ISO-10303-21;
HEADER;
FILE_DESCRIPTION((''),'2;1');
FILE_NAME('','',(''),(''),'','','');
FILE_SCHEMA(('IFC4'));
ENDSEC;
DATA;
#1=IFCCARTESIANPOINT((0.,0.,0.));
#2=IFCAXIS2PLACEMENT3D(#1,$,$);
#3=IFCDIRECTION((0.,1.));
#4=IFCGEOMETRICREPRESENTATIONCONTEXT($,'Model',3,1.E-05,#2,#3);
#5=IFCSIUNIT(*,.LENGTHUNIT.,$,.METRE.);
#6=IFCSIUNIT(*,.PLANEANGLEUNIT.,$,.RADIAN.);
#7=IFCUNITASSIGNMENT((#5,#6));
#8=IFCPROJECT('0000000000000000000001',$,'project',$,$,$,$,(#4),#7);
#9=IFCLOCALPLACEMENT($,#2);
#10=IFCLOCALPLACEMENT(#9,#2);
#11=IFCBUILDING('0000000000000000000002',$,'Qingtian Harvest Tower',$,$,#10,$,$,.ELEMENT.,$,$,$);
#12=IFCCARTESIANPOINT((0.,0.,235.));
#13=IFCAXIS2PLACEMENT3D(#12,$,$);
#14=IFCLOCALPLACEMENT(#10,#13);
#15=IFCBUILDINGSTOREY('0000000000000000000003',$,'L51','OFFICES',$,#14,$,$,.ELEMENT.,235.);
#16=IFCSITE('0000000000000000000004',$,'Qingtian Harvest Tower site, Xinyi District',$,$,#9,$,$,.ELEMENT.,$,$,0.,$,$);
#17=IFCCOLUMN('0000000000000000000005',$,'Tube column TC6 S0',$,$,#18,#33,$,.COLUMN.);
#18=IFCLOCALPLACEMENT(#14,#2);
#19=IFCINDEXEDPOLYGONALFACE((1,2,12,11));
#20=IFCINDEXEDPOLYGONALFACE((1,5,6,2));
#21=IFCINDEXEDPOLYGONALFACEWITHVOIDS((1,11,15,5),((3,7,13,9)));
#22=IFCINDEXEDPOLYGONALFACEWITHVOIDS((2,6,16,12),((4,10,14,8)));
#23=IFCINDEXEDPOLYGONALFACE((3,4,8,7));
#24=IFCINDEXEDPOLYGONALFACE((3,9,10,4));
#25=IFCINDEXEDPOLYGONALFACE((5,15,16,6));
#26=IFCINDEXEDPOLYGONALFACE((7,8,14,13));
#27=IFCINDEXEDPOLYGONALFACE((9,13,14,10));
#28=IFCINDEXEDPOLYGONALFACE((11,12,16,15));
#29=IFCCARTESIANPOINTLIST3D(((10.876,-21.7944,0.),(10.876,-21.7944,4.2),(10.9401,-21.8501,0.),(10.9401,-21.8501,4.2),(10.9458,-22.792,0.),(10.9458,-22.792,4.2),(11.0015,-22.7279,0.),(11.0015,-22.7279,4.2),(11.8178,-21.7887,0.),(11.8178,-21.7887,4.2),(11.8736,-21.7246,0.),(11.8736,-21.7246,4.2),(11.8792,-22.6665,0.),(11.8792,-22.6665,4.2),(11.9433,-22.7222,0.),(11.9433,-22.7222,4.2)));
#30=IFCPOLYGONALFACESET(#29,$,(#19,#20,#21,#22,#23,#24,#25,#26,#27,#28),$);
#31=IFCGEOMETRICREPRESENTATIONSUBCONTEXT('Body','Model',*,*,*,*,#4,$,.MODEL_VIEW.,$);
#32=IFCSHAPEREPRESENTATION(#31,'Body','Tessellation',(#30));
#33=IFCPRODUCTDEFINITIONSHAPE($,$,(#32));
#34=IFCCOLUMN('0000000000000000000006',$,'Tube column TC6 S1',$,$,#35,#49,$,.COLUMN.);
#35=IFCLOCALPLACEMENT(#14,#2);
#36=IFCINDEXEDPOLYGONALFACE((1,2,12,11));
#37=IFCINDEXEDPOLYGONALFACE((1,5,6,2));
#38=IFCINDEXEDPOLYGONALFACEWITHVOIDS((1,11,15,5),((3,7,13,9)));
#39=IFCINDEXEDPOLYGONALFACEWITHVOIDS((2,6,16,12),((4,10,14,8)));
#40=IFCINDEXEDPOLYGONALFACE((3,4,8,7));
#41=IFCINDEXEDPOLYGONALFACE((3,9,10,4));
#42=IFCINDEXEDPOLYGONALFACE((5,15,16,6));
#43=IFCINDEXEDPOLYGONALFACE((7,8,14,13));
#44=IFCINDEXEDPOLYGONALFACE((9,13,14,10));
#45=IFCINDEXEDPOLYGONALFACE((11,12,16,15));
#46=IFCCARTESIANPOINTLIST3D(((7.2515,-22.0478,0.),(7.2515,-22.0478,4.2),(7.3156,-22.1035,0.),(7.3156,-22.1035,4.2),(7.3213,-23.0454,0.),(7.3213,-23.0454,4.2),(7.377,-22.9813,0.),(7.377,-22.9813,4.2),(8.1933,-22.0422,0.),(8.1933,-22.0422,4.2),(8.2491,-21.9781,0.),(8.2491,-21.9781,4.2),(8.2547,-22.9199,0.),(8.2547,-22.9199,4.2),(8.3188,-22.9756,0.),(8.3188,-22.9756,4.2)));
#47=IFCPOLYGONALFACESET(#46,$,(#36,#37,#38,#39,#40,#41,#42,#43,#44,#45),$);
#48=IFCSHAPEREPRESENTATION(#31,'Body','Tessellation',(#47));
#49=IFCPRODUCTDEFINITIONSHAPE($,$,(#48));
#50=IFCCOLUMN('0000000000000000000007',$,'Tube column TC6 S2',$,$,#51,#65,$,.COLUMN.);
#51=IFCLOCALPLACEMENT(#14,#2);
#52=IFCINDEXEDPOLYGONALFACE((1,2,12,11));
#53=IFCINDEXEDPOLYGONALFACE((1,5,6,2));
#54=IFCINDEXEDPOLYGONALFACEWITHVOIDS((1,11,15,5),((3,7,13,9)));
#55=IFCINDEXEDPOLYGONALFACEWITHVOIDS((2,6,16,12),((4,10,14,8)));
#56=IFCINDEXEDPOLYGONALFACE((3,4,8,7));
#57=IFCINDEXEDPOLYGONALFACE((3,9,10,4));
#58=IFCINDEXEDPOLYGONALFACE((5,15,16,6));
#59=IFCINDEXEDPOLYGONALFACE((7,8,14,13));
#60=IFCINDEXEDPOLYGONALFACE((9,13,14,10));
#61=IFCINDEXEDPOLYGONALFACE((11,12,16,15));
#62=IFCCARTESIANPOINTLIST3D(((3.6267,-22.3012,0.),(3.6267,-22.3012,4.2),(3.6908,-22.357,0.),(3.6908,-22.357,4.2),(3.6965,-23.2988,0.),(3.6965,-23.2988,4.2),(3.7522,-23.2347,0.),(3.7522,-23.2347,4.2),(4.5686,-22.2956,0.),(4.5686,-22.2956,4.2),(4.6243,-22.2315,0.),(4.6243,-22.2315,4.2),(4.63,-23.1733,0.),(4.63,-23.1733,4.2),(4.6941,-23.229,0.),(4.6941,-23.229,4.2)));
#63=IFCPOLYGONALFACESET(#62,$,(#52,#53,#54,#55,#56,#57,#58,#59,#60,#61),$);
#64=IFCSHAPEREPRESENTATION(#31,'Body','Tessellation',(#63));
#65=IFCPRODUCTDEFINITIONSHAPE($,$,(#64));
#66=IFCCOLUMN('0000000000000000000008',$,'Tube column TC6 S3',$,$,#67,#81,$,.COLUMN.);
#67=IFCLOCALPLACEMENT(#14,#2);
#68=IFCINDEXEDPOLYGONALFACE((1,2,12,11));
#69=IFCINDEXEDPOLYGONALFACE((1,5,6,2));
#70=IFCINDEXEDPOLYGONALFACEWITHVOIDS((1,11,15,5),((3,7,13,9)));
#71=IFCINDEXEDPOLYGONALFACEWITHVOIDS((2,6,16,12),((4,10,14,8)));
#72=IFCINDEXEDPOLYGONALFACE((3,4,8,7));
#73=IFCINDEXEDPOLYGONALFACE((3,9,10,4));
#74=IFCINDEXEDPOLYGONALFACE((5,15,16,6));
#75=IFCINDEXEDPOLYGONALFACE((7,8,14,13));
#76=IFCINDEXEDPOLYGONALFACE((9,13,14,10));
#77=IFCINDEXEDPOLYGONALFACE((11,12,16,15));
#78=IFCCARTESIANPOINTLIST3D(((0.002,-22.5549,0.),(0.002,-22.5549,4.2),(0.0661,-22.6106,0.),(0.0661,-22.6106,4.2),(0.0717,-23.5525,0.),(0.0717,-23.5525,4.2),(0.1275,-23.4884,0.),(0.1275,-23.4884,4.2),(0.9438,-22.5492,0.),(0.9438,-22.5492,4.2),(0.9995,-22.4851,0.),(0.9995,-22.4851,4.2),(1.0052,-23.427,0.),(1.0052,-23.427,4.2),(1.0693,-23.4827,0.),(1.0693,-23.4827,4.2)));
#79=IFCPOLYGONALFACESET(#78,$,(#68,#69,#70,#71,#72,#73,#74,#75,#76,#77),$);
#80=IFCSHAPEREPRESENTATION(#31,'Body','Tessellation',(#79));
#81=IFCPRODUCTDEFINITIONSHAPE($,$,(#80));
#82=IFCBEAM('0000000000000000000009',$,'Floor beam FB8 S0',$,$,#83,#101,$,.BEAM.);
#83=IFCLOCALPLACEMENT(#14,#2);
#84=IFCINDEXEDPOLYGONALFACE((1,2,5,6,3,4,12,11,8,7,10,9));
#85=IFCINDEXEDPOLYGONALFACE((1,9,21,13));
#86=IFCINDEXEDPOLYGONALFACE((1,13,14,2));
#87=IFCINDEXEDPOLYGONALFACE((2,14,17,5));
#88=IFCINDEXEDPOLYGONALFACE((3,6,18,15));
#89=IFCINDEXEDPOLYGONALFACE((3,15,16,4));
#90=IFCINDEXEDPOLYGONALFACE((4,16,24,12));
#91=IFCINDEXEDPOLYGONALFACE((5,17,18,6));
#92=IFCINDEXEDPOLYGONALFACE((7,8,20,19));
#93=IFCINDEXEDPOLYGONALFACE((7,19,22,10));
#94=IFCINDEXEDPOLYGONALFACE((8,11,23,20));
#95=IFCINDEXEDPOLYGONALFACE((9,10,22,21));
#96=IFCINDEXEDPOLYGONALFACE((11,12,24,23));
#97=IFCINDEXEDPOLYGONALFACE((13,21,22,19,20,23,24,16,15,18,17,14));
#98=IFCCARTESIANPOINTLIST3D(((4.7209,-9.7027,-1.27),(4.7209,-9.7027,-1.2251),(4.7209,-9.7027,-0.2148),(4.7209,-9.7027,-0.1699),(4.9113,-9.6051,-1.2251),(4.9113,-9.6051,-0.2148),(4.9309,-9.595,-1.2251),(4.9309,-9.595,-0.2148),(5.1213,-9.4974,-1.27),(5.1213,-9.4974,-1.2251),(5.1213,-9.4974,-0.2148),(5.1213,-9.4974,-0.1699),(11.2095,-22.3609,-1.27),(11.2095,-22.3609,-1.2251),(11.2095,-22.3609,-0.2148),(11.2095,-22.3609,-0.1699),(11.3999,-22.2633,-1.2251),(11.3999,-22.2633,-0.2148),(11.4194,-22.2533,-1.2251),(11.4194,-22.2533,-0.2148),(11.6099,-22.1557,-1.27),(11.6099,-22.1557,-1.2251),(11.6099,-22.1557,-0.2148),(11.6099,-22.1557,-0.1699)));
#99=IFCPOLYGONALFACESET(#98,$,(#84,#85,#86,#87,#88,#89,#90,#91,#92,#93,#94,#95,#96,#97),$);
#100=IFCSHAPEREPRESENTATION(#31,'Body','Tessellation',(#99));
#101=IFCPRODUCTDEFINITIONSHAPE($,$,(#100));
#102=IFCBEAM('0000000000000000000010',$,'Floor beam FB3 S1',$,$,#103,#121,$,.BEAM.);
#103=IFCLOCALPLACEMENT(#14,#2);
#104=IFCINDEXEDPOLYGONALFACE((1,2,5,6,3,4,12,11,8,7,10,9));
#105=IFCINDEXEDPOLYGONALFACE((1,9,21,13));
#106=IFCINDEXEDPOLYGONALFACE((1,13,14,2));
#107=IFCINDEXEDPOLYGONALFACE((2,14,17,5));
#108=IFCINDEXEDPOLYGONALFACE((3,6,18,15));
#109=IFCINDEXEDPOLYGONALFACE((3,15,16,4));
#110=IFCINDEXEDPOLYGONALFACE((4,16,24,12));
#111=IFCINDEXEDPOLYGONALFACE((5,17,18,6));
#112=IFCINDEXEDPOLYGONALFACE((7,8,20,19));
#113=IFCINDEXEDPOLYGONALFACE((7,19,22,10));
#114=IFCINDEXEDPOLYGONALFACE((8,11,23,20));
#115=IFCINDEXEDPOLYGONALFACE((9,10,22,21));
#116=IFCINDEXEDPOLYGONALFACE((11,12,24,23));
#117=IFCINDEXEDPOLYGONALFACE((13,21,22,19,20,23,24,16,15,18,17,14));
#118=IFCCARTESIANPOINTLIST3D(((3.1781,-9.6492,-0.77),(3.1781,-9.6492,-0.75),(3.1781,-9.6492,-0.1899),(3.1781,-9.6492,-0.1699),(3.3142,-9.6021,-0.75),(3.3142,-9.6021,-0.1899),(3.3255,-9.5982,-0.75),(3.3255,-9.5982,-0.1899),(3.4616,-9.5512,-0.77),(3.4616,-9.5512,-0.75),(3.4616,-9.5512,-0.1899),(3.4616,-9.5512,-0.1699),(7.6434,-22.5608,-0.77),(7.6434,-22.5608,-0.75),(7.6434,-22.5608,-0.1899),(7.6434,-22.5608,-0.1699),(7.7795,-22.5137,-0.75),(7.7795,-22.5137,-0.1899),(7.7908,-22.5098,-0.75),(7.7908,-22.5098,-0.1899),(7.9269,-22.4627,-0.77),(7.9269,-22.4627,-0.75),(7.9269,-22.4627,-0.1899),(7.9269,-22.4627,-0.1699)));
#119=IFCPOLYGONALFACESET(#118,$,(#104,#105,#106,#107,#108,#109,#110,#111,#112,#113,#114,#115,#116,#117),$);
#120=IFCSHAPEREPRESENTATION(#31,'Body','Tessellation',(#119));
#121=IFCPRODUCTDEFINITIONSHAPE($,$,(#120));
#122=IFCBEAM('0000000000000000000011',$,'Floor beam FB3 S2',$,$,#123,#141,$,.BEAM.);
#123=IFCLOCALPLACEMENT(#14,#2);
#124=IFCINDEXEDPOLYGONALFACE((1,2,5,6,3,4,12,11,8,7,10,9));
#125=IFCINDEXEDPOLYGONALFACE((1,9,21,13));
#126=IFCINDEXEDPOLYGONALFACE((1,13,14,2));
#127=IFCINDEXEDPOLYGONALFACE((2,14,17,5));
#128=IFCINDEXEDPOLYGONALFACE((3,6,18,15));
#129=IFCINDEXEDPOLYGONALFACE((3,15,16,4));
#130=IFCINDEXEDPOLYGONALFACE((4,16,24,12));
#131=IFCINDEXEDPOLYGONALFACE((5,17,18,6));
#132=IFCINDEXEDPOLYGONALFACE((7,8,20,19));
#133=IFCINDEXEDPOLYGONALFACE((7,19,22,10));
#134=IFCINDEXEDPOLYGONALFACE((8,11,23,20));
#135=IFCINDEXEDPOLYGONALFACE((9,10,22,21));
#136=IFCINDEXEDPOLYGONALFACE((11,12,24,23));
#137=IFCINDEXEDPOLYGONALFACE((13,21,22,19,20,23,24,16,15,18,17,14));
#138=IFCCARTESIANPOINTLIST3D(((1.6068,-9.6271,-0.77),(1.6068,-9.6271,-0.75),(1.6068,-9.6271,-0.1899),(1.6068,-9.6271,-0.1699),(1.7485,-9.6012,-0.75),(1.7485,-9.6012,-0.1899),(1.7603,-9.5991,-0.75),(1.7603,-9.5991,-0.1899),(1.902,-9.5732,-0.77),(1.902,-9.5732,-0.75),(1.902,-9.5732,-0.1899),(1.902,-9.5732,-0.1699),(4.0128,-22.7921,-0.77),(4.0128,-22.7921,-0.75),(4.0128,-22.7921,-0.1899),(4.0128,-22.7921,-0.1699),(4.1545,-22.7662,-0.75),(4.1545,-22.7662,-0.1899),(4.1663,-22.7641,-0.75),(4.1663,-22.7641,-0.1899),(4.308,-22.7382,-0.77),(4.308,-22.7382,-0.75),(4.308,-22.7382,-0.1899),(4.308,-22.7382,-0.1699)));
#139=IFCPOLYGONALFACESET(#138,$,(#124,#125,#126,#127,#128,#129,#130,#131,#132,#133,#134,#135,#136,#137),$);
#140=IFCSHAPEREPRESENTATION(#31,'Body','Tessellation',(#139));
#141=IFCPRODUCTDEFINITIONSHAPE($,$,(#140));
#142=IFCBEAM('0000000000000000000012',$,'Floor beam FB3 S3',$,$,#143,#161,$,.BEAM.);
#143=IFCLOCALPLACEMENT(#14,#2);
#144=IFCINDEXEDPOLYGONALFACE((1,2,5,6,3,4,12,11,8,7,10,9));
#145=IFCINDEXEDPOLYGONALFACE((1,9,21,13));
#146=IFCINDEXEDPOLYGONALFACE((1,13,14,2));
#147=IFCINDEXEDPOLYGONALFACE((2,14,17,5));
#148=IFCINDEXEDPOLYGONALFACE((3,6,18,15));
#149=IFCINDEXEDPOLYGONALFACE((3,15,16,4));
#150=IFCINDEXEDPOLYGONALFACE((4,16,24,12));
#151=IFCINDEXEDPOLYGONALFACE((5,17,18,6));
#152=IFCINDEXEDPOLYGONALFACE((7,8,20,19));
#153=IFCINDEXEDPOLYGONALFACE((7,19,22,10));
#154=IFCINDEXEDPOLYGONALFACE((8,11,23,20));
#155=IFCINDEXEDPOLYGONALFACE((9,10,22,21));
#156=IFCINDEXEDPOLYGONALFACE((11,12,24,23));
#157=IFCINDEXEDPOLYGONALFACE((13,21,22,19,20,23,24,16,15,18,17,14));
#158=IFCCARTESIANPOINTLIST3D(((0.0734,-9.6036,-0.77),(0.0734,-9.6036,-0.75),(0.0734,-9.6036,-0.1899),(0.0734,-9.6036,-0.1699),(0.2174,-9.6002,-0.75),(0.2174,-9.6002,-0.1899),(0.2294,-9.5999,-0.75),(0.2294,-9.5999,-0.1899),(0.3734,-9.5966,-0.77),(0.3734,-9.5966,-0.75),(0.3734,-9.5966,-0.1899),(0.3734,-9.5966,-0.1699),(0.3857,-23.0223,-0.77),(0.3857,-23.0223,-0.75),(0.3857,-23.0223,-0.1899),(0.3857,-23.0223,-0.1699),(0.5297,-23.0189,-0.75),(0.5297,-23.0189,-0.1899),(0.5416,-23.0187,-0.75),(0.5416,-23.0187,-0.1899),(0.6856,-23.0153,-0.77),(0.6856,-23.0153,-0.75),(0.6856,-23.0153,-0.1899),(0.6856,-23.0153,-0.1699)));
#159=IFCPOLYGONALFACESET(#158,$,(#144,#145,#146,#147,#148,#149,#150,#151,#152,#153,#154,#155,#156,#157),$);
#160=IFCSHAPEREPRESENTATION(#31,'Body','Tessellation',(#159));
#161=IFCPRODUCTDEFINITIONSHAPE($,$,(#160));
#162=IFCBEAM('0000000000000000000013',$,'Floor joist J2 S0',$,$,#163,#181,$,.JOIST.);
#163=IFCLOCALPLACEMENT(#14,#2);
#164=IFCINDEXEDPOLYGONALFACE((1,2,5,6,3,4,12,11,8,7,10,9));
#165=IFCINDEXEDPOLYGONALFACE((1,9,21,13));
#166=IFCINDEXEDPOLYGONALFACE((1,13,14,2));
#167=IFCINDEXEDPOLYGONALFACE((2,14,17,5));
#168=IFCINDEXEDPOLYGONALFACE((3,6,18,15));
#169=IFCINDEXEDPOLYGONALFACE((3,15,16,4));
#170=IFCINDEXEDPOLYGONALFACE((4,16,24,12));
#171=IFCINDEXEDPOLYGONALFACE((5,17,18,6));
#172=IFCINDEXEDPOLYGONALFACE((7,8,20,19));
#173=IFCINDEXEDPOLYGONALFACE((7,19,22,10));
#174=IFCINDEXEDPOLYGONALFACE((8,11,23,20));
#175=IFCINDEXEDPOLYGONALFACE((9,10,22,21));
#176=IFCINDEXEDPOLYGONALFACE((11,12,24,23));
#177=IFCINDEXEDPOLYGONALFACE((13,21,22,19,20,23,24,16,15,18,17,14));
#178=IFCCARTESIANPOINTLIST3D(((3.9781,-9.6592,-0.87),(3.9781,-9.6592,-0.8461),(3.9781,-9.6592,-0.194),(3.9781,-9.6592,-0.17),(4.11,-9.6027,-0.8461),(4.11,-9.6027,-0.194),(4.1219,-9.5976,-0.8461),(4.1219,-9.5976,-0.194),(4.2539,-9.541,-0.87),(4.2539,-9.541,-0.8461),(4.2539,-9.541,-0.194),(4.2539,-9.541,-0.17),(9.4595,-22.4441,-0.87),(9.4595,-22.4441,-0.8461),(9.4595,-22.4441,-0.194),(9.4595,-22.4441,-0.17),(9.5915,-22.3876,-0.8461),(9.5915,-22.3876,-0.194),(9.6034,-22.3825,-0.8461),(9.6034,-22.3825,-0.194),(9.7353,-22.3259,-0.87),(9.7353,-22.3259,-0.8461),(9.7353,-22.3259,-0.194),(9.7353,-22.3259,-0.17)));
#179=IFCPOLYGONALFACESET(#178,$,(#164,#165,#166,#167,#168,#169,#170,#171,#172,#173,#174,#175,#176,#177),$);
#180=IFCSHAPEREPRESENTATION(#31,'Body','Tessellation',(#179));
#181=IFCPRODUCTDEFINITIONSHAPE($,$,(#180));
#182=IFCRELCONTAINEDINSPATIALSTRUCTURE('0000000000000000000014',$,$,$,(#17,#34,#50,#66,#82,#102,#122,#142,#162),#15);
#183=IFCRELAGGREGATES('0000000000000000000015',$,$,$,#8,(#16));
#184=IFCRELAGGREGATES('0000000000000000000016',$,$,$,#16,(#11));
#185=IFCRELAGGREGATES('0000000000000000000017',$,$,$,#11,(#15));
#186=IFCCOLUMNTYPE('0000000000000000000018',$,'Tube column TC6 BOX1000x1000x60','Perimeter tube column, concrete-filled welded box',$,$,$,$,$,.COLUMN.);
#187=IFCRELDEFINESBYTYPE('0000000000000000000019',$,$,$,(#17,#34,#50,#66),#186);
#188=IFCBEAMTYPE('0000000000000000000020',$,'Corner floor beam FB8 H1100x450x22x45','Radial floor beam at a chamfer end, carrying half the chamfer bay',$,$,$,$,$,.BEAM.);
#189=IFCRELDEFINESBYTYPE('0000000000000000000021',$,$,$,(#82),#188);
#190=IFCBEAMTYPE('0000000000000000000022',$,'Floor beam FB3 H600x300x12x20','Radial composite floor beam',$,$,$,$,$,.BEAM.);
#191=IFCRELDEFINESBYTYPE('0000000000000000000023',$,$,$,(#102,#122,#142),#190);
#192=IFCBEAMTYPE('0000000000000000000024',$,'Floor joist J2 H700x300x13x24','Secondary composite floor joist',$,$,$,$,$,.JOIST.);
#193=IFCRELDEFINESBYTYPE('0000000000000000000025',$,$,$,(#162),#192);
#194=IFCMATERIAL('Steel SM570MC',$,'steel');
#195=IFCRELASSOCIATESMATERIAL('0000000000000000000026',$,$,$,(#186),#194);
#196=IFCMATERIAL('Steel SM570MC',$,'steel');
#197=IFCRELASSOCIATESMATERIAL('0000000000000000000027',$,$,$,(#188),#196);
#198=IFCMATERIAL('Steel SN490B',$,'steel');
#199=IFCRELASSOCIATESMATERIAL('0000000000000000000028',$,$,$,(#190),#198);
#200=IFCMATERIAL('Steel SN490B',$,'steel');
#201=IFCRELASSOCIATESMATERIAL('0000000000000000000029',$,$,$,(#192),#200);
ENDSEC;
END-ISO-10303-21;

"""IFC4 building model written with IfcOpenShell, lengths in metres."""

from ifc_helpers import new_model, si_unit, direction, frame, origin, origin_2d, place, context, subcontext, project, spatial, hollow_rectangle, i_section, extrude, material, material_profile, profile_set, type_object, element, save


model = new_model("IFC4")

# Units and contexts
model_context = context("Model", 3, precision=1e-05, world=origin(), true_north=direction((0.0, 1.0)))
body_context = subcontext(model_context, "Body", "Model", "MODEL_VIEW")
ifc_project = project(units=[si_unit("LENGTHUNIT", "METRE"), si_unit("PLANEANGLEUNIT", "RADIAN")], contexts=[model_context])

# Site, building, storey
site_placement = place(None, origin())
site = spatial("IfcSite", under=ifc_project, at=site_placement, Name="Qingtian Harvest Tower site, Xinyi District", CompositionType="ELEMENT", RefElevation=0.0)
building_placement = place(site_placement, origin())
building = spatial("IfcBuilding", under=site, at=building_placement, Name="Qingtian Harvest Tower", CompositionType="ELEMENT")
storey_placement = place(building_placement, frame((0.0, 0.0, 235.0)))
storey = spatial("IfcBuildingStorey", under=building, at=storey_placement, Name="L51", Description="OFFICES", CompositionType="ELEMENT", Elevation=235.0)

# Columns
ifc_material_1 = material(Name="Steel SM570MC", Category="steel")
ifc_material_profile_1 = material_profile(ifc_material_1, hollow_rectangle(XDim=1.0, YDim=1.0, WallThickness=0.0601, at=origin_2d()), Name="BOX1000x1000x60")
ifc_profile_set_1 = profile_set([ifc_material_profile_1], Name="Steel SM570MC")
column_type = type_object("IfcColumnType", Name="Tube column TC6 BOX1000x1000x60", Description="Perimeter tube column, concrete-filled welded box", PredefinedType="COLUMN", material=ifc_profile_set_1)
for number, where, z_axis, x_axis, name in (
    (1, (11.4097, -22.2583, 0.0), (0.0, 0.0, 1.0), (0.997564, 0.069756, 0.0), "Tube column TC6 S0"),
    (2, (7.7852, -22.5117, 0.0), (0.0, 0.0, 1.0), (0.997564, 0.069756, 0.0), "Tube column TC6 S1"),
    (3, (4.1604, -22.7651, 0.0), (0.0, 0.0, 1.0), (0.997564, 0.069756, 0.0), "Tube column TC6 S2"),
    (4, (0.5356, -23.0188, 0.0), (0.0, 0.0, 1.0), (0.997564, 0.069756, 0.0), "Tube column TC6 S3"),
):
    element("IfcColumn", number, at=place(storey_placement, frame(where, z_axis=z_axis, x_axis=x_axis)), inside=storey, type_object=column_type, Name=name, PredefinedType="COLUMN", context=body_context, shape_type="SweptSolid", body=[
        extrude(hollow_rectangle(XDim=1.0, YDim=1.0, WallThickness=0.0601, at=origin_2d()), origin(), (0.0, 0.0, 1.0), 4.2),
    ])

# Beams
ifc_material_2 = material(Name="Steel SM570MC", Category="steel")
ifc_material_profile_2 = material_profile(ifc_material_2, i_section(OverallWidth=0.45, OverallDepth=1.1001, WebThickness=0.022, FlangeThickness=0.0449, at=origin_2d()), Name="H1100x450x22x45")
ifc_profile_set_2 = profile_set([ifc_material_profile_2], Name="Steel SM570MC")
beam_type_1 = type_object("IfcBeamType", Name="Corner floor beam FB8 H1100x450x22x45", Description="Radial floor beam at a chamfer end, carrying half the chamfer bay", PredefinedType="BEAM", material=ifc_profile_set_2)
beam_1_placement = place(storey_placement, frame((11.4097, -22.2583, -0.72), z_axis=(-0.456157, 0.889899, 0.0), x_axis=(-0.889899, -0.456157, 0.0)))
element("IfcBeam", 5, at=beam_1_placement, inside=storey, type_object=beam_type_1, Name="Floor beam FB8 S0", PredefinedType="BEAM", context=body_context, shape_type="SweptSolid", body=[
    extrude(i_section(OverallWidth=0.45, OverallDepth=1.1001, WebThickness=0.022, FlangeThickness=0.0449, at=origin_2d()), origin(), (0.0, 0.0, 1.0), 14.2244),
])
ifc_material_3 = material(Name="Steel SN490B", Category="steel")
ifc_material_profile_3 = material_profile(ifc_material_3, i_section(OverallWidth=0.3, OverallDepth=0.6001, WebThickness=0.012, FlangeThickness=0.02, at=origin_2d()), Name="H600x300x12x20")
ifc_profile_set_3 = profile_set([ifc_material_profile_3], Name="Steel SN490B")
beam_type_2 = type_object("IfcBeamType", Name="Floor beam FB3 H600x300x12x20", Description="Radial composite floor beam", PredefinedType="BEAM", material=ifc_profile_set_3)
beam_2_placement = place(storey_placement, frame((7.7852, -22.5117, -0.47), z_axis=(-0.326844, 0.945078, 0.0), x_axis=(-0.945078, -0.326844, 0.0)))
element("IfcBeam", 6, at=beam_2_placement, inside=storey, type_object=beam_type_2, Name="Floor beam FB3 S1", PredefinedType="BEAM", context=body_context, shape_type="SweptSolid", body=[
    extrude(i_section(OverallWidth=0.3, OverallDepth=0.6001, WebThickness=0.012, FlangeThickness=0.02, at=origin_2d()), origin(), (0.0, 0.0, 1.0), 13.6619),
])
beam_3_placement = place(storey_placement, frame((4.1604, -22.7651, -0.47), z_axis=(-0.17978, 0.983707, 0.0), x_axis=(-0.983707, -0.17978, 0.0)))
element("IfcBeam", 7, at=beam_3_placement, inside=storey, type_object=beam_type_2, Name="Floor beam FB3 S2", PredefinedType="BEAM", context=body_context, shape_type="SweptSolid", body=[
    extrude(i_section(OverallWidth=0.3, OverallDepth=0.6001, WebThickness=0.012, FlangeThickness=0.02, at=origin_2d()), origin(), (0.0, 0.0, 1.0), 13.3831),
])
beam_4_placement = place(storey_placement, frame((0.5356, -23.0188, -0.47), z_axis=(-0.023264, 0.999729, 0.0), x_axis=(-0.999729, -0.023264, 0.0)))
element("IfcBeam", 8, at=beam_4_placement, inside=storey, type_object=beam_type_2, Name="Floor beam FB3 S3", PredefinedType="BEAM", context=body_context, shape_type="SweptSolid", body=[
    extrude(i_section(OverallWidth=0.3, OverallDepth=0.6001, WebThickness=0.012, FlangeThickness=0.02, at=origin_2d()), origin(), (0.0, 0.0, 1.0), 13.4224),
])
ifc_material_4 = material(Name="Steel SN490B", Category="steel")
ifc_material_profile_4 = material_profile(ifc_material_4, i_section(OverallWidth=0.3, OverallDepth=0.7, WebThickness=0.0129, FlangeThickness=0.0239, at=origin_2d()), Name="H700x300x13x24")
ifc_profile_set_4 = profile_set([ifc_material_profile_4], Name="Steel SN490B")
beam_type_3 = type_object("IfcBeamType", Name="Floor joist J2 H700x300x13x24", Description="Secondary composite floor joist", PredefinedType="JOIST", material=ifc_profile_set_4)
beam_5_placement = place(storey_placement, frame((9.5974, -22.385, -0.52), z_axis=(-0.394053, 0.919088, 0.0), x_axis=(-0.919088, -0.394053, 0.0)))
element("IfcBeam", 9, at=beam_5_placement, inside=storey, type_object=beam_type_3, Name="Floor joist J2 S0", PredefinedType="JOIST", context=body_context, shape_type="SweptSolid", body=[
    extrude(i_section(OverallWidth=0.3, OverallDepth=0.7, WebThickness=0.0129, FlangeThickness=0.0239, at=origin_2d()), origin(), (0.0, 0.0, 1.0), 13.9104),
])

save(model, "model.ifc")
